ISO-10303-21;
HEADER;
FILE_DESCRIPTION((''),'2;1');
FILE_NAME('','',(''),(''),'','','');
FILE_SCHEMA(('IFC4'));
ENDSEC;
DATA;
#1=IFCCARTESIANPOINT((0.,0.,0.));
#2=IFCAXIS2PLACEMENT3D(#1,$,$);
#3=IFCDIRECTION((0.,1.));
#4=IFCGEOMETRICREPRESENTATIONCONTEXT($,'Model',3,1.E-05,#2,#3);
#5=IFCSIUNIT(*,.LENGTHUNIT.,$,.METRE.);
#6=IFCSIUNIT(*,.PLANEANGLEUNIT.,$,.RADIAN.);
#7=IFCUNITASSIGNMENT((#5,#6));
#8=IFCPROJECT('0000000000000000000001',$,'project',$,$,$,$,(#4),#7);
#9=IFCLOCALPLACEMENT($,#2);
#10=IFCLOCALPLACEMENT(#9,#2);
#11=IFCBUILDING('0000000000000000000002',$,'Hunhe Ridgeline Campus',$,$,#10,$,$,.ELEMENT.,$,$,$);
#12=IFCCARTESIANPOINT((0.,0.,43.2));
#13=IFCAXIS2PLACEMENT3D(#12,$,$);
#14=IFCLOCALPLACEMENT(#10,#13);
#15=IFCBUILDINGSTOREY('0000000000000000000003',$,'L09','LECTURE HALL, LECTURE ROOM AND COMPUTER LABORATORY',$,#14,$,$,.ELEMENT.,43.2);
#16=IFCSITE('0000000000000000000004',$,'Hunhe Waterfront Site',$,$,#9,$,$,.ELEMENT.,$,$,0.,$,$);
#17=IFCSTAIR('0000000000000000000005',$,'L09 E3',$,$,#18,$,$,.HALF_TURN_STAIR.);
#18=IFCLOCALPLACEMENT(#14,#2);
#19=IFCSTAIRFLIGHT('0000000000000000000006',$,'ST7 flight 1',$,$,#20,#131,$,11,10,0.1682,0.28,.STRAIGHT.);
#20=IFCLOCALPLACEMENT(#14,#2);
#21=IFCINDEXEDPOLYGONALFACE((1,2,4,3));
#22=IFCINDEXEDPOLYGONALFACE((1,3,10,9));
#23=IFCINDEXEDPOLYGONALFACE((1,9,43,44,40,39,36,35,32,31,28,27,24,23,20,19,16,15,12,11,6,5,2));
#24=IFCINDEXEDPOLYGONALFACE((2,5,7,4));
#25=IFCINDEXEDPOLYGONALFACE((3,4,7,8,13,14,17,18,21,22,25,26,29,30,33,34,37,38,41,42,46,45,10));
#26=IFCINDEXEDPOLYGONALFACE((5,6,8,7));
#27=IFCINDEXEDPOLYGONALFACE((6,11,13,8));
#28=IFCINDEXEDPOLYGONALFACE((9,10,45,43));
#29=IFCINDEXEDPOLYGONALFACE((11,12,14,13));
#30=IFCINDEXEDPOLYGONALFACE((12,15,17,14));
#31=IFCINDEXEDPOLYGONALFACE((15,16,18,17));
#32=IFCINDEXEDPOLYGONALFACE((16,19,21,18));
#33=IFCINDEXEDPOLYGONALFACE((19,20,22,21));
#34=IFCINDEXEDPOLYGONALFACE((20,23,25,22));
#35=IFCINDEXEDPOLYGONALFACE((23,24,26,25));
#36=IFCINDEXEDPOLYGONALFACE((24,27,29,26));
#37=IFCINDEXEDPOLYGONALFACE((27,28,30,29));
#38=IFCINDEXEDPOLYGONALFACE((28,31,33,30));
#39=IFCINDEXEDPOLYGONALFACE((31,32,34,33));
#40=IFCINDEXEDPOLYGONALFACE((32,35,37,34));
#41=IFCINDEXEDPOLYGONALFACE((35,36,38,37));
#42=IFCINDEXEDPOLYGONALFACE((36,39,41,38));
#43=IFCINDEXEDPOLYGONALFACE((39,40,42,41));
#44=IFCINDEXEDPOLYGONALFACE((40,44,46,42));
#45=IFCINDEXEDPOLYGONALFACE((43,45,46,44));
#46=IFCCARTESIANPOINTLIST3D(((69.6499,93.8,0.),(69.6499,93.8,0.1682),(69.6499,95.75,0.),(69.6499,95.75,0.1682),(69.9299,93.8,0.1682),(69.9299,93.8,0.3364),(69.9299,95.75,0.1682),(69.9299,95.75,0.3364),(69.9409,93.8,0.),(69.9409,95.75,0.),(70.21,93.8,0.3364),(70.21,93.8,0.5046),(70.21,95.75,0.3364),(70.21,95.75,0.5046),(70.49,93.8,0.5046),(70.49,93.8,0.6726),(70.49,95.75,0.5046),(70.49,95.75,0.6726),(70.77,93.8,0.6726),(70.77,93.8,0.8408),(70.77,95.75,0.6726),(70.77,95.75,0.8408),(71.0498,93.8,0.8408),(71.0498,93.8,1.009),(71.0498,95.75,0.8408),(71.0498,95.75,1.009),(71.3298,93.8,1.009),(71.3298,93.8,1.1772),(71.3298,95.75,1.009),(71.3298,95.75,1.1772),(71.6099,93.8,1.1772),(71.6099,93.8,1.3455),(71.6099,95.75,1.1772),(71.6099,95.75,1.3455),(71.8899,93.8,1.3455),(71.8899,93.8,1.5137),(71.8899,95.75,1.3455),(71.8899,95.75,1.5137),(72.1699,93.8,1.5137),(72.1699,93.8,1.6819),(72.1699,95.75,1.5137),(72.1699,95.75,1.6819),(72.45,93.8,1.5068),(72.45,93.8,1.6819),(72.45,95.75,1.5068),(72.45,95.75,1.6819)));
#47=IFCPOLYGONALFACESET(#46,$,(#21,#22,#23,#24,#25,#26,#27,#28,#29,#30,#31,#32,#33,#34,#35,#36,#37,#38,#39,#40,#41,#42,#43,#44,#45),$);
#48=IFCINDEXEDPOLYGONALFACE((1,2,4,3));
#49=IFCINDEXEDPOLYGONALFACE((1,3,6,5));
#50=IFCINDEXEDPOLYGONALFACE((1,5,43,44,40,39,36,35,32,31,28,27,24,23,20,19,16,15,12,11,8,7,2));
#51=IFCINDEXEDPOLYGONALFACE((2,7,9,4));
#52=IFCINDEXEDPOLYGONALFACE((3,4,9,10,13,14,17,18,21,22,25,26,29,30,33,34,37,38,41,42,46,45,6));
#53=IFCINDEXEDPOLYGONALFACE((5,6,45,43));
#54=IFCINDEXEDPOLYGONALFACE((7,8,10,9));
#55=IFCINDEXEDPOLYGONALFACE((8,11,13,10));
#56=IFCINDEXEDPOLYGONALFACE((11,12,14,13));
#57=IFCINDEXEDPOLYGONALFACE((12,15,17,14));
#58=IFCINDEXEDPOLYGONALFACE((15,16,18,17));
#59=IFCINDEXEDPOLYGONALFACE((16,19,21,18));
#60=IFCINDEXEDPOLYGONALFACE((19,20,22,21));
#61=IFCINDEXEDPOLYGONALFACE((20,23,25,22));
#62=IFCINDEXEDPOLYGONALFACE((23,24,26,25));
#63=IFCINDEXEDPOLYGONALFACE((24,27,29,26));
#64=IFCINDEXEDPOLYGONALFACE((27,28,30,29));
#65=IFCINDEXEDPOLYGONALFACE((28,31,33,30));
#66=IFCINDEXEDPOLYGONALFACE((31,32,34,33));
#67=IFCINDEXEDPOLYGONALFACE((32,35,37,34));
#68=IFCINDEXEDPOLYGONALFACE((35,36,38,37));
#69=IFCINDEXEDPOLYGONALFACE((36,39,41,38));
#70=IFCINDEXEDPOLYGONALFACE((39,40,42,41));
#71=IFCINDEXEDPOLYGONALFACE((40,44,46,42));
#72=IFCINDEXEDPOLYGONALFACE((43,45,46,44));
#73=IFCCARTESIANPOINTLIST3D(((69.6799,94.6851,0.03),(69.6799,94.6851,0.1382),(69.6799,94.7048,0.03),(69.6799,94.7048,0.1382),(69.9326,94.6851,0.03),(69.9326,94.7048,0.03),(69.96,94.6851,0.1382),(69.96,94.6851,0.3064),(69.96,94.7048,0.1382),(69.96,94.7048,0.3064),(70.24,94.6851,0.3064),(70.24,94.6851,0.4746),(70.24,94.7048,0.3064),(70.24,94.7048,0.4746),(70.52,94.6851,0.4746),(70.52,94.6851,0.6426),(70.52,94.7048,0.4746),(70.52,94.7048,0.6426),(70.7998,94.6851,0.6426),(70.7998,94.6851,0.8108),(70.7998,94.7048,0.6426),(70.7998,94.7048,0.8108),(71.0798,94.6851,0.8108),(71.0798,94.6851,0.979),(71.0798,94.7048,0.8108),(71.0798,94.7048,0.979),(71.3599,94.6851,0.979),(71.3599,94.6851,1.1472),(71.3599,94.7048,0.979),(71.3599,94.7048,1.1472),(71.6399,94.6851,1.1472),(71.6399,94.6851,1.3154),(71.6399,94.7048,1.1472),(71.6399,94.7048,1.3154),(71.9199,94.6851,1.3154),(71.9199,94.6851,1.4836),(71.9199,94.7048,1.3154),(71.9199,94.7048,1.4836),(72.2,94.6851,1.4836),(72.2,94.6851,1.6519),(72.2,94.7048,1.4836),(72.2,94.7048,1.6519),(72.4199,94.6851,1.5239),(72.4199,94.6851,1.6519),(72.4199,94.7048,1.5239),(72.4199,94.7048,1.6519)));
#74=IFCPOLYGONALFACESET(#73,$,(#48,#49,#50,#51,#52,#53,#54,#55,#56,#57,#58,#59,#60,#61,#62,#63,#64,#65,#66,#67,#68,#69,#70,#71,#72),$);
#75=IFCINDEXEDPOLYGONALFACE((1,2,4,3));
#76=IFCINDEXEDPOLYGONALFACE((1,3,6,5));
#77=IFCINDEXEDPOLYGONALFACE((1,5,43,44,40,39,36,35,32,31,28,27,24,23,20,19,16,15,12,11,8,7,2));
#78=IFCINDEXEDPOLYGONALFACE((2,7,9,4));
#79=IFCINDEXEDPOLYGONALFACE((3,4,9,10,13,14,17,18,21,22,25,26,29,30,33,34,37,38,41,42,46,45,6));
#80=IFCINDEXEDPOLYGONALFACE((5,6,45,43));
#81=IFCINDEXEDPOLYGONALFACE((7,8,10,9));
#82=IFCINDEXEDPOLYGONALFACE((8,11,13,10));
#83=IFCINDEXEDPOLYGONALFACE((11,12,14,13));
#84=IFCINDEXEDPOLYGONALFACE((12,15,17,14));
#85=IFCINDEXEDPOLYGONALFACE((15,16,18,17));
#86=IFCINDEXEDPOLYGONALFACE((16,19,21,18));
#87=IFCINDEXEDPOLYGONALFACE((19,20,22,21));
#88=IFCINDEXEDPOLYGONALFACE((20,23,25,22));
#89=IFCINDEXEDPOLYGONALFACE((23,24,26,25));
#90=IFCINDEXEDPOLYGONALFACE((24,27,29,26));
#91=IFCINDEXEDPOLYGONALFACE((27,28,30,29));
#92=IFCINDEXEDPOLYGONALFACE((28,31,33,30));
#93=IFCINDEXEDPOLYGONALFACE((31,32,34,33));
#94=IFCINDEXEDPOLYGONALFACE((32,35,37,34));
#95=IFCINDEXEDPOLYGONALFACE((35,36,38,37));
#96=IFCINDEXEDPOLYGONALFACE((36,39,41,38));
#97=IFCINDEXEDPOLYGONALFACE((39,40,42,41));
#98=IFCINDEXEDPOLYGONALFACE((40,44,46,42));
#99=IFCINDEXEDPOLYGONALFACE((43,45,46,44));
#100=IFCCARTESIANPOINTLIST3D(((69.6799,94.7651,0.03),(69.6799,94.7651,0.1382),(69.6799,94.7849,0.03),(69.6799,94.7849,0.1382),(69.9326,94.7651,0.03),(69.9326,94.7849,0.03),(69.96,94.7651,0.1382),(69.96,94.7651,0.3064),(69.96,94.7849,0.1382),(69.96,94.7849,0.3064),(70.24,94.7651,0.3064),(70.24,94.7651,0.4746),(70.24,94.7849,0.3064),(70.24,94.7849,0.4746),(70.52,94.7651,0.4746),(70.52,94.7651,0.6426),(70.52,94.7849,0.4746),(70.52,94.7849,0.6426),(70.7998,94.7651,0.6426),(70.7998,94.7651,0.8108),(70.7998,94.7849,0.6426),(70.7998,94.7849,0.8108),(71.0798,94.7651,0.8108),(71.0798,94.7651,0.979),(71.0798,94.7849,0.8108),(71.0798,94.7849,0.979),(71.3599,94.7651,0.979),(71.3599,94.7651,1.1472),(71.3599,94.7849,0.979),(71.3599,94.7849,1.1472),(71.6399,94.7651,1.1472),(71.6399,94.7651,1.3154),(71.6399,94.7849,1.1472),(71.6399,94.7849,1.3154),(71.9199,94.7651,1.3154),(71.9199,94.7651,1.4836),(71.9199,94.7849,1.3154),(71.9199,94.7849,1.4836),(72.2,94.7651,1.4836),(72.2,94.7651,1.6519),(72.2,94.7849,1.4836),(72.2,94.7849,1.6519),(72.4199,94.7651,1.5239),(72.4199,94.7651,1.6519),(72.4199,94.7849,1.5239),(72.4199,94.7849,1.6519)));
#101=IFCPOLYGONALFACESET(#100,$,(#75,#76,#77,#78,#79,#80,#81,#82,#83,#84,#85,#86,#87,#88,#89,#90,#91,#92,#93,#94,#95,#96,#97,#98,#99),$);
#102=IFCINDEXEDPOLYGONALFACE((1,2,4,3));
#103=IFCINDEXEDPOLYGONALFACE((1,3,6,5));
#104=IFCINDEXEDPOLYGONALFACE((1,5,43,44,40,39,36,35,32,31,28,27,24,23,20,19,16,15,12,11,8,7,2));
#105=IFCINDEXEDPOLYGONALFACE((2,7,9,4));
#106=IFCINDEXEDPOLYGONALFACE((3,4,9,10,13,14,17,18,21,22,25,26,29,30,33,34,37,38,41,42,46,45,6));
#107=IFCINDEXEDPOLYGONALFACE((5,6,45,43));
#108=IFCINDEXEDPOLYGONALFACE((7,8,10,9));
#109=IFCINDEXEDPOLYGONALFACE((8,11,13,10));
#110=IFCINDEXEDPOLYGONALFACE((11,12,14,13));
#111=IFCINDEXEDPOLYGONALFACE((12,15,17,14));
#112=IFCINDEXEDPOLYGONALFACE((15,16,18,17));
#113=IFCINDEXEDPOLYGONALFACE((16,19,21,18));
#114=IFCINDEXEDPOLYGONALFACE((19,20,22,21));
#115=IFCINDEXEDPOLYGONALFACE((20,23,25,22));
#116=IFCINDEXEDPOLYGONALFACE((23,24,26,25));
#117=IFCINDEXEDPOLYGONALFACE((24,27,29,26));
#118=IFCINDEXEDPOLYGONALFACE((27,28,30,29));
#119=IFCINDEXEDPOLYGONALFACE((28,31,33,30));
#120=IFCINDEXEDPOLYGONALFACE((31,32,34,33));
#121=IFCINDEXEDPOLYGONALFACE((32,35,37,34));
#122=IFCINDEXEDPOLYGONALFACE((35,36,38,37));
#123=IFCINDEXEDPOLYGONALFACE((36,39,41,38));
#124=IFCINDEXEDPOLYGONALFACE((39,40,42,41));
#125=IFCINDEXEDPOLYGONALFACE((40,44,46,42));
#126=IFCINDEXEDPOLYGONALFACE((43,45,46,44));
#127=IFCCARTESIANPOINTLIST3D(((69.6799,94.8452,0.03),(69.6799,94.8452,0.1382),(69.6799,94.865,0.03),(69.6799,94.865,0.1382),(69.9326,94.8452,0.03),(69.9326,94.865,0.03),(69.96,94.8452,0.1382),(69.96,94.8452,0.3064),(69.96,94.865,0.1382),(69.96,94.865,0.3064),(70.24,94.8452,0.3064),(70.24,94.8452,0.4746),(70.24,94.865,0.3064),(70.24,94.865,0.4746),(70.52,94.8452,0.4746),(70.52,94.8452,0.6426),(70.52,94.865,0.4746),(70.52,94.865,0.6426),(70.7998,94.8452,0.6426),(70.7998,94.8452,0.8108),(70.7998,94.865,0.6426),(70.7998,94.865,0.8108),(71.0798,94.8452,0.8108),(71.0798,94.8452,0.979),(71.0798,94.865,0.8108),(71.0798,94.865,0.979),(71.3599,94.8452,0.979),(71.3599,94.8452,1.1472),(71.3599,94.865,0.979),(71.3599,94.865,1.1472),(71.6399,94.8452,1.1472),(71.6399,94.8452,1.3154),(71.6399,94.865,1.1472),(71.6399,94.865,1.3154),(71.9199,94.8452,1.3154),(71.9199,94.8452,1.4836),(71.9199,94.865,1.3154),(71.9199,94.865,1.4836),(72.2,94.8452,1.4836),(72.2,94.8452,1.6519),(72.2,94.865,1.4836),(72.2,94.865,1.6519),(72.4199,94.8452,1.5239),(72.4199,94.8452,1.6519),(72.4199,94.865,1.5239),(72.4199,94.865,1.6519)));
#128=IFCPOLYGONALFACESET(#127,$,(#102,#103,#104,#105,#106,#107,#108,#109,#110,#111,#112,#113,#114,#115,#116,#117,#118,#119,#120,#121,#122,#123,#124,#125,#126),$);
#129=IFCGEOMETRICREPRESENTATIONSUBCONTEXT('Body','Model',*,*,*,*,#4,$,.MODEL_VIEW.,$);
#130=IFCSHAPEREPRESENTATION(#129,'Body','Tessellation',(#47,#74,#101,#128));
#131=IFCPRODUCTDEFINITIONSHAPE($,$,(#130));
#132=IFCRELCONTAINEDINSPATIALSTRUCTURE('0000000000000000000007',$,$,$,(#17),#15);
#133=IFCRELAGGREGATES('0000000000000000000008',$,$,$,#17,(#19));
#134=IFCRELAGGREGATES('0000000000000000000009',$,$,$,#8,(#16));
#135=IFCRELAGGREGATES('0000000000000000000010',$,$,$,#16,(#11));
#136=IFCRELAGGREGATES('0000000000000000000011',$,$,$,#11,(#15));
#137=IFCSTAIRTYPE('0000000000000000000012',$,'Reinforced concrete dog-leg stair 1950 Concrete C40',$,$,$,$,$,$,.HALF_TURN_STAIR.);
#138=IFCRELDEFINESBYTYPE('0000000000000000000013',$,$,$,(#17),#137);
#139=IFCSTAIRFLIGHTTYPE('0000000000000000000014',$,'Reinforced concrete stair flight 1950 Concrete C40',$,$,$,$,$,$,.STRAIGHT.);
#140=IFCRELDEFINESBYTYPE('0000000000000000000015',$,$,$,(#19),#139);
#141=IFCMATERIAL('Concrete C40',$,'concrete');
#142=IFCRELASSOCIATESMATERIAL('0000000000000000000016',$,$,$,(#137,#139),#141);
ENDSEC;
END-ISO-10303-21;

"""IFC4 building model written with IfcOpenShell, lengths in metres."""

from ifc_helpers import new_model, si_unit, direction, frame, origin, place, context, subcontext, project, spatial, polyline, outline, extrude, material, type_object, element, aggregate, save


model = new_model("IFC4")

# Units and contexts
model_context = context("Model", 3, precision=1e-05, world=origin(), true_north=direction((0.0, 1.0)))
body_context = subcontext(model_context, "Body", "Model", "MODEL_VIEW")
ifc_project = project(units=[si_unit("LENGTHUNIT", "METRE"), si_unit("PLANEANGLEUNIT", "RADIAN")], contexts=[model_context])

# Site, building, storey
site_placement = place(None, origin())
site = spatial("IfcSite", under=ifc_project, at=site_placement, Name="Hunhe Waterfront Site", CompositionType="ELEMENT", RefElevation=0.0)
building_placement = place(site_placement, origin())
building = spatial("IfcBuilding", under=site, at=building_placement, Name="Hunhe Ridgeline Campus", CompositionType="ELEMENT")
storey_placement = place(building_placement, frame((0.0, 0.0, 43.2)))
storey = spatial("IfcBuildingStorey", under=building, at=storey_placement, Name="L09", Description="LECTURE HALL, LECTURE ROOM AND COMPUTER LABORATORY", CompositionType="ELEMENT", Elevation=43.2)

# Stair, stair flight
ifc_material_1 = material(Name="Concrete C40", Category="concrete")
stair_type = type_object("IfcStairType", Name="Reinforced concrete dog-leg stair 1950 Concrete C40", PredefinedType="HALF_TURN_STAIR", material=ifc_material_1)
stair_placement = place(storey_placement, origin())
stair = element("IfcStair", 1, at=stair_placement, inside=storey, type_object=stair_type, Name="L09 E3", PredefinedType="HALF_TURN_STAIR")
stair_flight_type = type_object("IfcStairFlightType", Name="Reinforced concrete stair flight 1950 Concrete C40", PredefinedType="STRAIGHT", material=ifc_material_1)
stair_flight_1_placement = place(storey_placement, frame((69.6499, 94.7749, 0.0), z_axis=(0.0, 0.0, 1.0), x_axis=(1.0, 0.0, 0.0)))
stair_flight_1 = element("IfcStairFlight", 2, at=stair_flight_1_placement, type_object=stair_flight_type, Name="ST7 flight 1", NumberOfRisers=11, NumberOfTreads=10, PredefinedType="STRAIGHT", RiserHeight=0.1682, TreadLength=0.28, context=body_context, shape_type="SweptSolid", body=[
    extrude(outline(polyline([(0.0, 0.0), (0.0, 0.1682), (0.28, 0.1682), (0.28, 0.3364), (0.5601, 0.3364), (0.5601, 0.5046), (0.8401, 0.5046), (0.8401, 0.6726), (1.1201, 0.6726), (1.1201, 0.8408), (1.3999, 0.8408), (1.3999, 1.009), (1.6799, 1.009), (1.6799, 1.1772), (1.96, 1.1772), (1.96, 1.3455), (2.24, 1.3455), (2.24, 1.5137), (2.52, 1.5137), (2.52, 1.6819), (2.8, 1.6819), (2.8, 1.8501), (2.8, 1.5068), (0.291, 0.0), (0.0, 0.0)])), frame((0.0, 0.9751, 0.0), z_axis=(0.0, -1.0, 0.0), x_axis=(1.0, 0.0, 0.0)), (0.0, 0.0, 1.0), 1.95),
    extrude(outline(polyline([(0.03, 0.03), (0.03, 0.1382), (0.3101, 0.1382), (0.3101, 0.3064), (0.5901, 0.3064), (0.5901, 0.4746), (0.8701, 0.4746), (0.8701, 0.6426), (1.1499, 0.6426), (1.1499, 0.8108), (1.4299, 0.8108), (1.4299, 0.979), (1.71, 0.979), (1.71, 1.1472), (1.99, 1.1472), (1.99, 1.3154), (2.27, 1.3154), (2.27, 1.4836), (2.55, 1.4836), (2.55, 1.6519), (2.77, 1.6519), (2.77, 1.5239), (0.2827, 0.03), (0.03, 0.03)])), frame((0.0, -0.0701, 0.0), z_axis=(0.0, -1.0, 0.0), x_axis=(1.0, 0.0, 0.0)), (0.0, 0.0, 1.0), 0.0198),
    extrude(outline(polyline([(0.03, 0.03), (0.03, 0.1382), (0.3101, 0.1382), (0.3101, 0.3064), (0.5901, 0.3064), (0.5901, 0.4746), (0.8701, 0.4746), (0.8701, 0.6426), (1.1499, 0.6426), (1.1499, 0.8108), (1.4299, 0.8108), (1.4299, 0.979), (1.71, 0.979), (1.71, 1.1472), (1.99, 1.1472), (1.99, 1.3154), (2.27, 1.3154), (2.27, 1.4836), (2.55, 1.4836), (2.55, 1.6519), (2.77, 1.6519), (2.77, 1.5239), (0.2827, 0.03), (0.03, 0.03)])), frame((0.0, 0.01, 0.0), z_axis=(0.0, -1.0, 0.0), x_axis=(1.0, 0.0, 0.0)), (0.0, 0.0, 1.0), 0.0198),
    extrude(outline(polyline([(0.03, 0.03), (0.03, 0.1382), (0.3101, 0.1382), (0.3101, 0.3064), (0.5901, 0.3064), (0.5901, 0.4746), (0.8701, 0.4746), (0.8701, 0.6426), (1.1499, 0.6426), (1.1499, 0.8108), (1.4299, 0.8108), (1.4299, 0.979), (1.71, 0.979), (1.71, 1.1472), (1.99, 1.1472), (1.99, 1.3154), (2.27, 1.3154), (2.27, 1.4836), (2.55, 1.4836), (2.55, 1.6519), (2.77, 1.6519), (2.77, 1.5239), (0.2827, 0.03), (0.03, 0.03)])), frame((0.0, 0.0901, 0.0), z_axis=(0.0, -1.0, 0.0), x_axis=(1.0, 0.0, 0.0)), (0.0, 0.0, 1.0), 0.0198),
])
aggregate(stair, [stair_flight_1])

save(model, "model.ifc")
